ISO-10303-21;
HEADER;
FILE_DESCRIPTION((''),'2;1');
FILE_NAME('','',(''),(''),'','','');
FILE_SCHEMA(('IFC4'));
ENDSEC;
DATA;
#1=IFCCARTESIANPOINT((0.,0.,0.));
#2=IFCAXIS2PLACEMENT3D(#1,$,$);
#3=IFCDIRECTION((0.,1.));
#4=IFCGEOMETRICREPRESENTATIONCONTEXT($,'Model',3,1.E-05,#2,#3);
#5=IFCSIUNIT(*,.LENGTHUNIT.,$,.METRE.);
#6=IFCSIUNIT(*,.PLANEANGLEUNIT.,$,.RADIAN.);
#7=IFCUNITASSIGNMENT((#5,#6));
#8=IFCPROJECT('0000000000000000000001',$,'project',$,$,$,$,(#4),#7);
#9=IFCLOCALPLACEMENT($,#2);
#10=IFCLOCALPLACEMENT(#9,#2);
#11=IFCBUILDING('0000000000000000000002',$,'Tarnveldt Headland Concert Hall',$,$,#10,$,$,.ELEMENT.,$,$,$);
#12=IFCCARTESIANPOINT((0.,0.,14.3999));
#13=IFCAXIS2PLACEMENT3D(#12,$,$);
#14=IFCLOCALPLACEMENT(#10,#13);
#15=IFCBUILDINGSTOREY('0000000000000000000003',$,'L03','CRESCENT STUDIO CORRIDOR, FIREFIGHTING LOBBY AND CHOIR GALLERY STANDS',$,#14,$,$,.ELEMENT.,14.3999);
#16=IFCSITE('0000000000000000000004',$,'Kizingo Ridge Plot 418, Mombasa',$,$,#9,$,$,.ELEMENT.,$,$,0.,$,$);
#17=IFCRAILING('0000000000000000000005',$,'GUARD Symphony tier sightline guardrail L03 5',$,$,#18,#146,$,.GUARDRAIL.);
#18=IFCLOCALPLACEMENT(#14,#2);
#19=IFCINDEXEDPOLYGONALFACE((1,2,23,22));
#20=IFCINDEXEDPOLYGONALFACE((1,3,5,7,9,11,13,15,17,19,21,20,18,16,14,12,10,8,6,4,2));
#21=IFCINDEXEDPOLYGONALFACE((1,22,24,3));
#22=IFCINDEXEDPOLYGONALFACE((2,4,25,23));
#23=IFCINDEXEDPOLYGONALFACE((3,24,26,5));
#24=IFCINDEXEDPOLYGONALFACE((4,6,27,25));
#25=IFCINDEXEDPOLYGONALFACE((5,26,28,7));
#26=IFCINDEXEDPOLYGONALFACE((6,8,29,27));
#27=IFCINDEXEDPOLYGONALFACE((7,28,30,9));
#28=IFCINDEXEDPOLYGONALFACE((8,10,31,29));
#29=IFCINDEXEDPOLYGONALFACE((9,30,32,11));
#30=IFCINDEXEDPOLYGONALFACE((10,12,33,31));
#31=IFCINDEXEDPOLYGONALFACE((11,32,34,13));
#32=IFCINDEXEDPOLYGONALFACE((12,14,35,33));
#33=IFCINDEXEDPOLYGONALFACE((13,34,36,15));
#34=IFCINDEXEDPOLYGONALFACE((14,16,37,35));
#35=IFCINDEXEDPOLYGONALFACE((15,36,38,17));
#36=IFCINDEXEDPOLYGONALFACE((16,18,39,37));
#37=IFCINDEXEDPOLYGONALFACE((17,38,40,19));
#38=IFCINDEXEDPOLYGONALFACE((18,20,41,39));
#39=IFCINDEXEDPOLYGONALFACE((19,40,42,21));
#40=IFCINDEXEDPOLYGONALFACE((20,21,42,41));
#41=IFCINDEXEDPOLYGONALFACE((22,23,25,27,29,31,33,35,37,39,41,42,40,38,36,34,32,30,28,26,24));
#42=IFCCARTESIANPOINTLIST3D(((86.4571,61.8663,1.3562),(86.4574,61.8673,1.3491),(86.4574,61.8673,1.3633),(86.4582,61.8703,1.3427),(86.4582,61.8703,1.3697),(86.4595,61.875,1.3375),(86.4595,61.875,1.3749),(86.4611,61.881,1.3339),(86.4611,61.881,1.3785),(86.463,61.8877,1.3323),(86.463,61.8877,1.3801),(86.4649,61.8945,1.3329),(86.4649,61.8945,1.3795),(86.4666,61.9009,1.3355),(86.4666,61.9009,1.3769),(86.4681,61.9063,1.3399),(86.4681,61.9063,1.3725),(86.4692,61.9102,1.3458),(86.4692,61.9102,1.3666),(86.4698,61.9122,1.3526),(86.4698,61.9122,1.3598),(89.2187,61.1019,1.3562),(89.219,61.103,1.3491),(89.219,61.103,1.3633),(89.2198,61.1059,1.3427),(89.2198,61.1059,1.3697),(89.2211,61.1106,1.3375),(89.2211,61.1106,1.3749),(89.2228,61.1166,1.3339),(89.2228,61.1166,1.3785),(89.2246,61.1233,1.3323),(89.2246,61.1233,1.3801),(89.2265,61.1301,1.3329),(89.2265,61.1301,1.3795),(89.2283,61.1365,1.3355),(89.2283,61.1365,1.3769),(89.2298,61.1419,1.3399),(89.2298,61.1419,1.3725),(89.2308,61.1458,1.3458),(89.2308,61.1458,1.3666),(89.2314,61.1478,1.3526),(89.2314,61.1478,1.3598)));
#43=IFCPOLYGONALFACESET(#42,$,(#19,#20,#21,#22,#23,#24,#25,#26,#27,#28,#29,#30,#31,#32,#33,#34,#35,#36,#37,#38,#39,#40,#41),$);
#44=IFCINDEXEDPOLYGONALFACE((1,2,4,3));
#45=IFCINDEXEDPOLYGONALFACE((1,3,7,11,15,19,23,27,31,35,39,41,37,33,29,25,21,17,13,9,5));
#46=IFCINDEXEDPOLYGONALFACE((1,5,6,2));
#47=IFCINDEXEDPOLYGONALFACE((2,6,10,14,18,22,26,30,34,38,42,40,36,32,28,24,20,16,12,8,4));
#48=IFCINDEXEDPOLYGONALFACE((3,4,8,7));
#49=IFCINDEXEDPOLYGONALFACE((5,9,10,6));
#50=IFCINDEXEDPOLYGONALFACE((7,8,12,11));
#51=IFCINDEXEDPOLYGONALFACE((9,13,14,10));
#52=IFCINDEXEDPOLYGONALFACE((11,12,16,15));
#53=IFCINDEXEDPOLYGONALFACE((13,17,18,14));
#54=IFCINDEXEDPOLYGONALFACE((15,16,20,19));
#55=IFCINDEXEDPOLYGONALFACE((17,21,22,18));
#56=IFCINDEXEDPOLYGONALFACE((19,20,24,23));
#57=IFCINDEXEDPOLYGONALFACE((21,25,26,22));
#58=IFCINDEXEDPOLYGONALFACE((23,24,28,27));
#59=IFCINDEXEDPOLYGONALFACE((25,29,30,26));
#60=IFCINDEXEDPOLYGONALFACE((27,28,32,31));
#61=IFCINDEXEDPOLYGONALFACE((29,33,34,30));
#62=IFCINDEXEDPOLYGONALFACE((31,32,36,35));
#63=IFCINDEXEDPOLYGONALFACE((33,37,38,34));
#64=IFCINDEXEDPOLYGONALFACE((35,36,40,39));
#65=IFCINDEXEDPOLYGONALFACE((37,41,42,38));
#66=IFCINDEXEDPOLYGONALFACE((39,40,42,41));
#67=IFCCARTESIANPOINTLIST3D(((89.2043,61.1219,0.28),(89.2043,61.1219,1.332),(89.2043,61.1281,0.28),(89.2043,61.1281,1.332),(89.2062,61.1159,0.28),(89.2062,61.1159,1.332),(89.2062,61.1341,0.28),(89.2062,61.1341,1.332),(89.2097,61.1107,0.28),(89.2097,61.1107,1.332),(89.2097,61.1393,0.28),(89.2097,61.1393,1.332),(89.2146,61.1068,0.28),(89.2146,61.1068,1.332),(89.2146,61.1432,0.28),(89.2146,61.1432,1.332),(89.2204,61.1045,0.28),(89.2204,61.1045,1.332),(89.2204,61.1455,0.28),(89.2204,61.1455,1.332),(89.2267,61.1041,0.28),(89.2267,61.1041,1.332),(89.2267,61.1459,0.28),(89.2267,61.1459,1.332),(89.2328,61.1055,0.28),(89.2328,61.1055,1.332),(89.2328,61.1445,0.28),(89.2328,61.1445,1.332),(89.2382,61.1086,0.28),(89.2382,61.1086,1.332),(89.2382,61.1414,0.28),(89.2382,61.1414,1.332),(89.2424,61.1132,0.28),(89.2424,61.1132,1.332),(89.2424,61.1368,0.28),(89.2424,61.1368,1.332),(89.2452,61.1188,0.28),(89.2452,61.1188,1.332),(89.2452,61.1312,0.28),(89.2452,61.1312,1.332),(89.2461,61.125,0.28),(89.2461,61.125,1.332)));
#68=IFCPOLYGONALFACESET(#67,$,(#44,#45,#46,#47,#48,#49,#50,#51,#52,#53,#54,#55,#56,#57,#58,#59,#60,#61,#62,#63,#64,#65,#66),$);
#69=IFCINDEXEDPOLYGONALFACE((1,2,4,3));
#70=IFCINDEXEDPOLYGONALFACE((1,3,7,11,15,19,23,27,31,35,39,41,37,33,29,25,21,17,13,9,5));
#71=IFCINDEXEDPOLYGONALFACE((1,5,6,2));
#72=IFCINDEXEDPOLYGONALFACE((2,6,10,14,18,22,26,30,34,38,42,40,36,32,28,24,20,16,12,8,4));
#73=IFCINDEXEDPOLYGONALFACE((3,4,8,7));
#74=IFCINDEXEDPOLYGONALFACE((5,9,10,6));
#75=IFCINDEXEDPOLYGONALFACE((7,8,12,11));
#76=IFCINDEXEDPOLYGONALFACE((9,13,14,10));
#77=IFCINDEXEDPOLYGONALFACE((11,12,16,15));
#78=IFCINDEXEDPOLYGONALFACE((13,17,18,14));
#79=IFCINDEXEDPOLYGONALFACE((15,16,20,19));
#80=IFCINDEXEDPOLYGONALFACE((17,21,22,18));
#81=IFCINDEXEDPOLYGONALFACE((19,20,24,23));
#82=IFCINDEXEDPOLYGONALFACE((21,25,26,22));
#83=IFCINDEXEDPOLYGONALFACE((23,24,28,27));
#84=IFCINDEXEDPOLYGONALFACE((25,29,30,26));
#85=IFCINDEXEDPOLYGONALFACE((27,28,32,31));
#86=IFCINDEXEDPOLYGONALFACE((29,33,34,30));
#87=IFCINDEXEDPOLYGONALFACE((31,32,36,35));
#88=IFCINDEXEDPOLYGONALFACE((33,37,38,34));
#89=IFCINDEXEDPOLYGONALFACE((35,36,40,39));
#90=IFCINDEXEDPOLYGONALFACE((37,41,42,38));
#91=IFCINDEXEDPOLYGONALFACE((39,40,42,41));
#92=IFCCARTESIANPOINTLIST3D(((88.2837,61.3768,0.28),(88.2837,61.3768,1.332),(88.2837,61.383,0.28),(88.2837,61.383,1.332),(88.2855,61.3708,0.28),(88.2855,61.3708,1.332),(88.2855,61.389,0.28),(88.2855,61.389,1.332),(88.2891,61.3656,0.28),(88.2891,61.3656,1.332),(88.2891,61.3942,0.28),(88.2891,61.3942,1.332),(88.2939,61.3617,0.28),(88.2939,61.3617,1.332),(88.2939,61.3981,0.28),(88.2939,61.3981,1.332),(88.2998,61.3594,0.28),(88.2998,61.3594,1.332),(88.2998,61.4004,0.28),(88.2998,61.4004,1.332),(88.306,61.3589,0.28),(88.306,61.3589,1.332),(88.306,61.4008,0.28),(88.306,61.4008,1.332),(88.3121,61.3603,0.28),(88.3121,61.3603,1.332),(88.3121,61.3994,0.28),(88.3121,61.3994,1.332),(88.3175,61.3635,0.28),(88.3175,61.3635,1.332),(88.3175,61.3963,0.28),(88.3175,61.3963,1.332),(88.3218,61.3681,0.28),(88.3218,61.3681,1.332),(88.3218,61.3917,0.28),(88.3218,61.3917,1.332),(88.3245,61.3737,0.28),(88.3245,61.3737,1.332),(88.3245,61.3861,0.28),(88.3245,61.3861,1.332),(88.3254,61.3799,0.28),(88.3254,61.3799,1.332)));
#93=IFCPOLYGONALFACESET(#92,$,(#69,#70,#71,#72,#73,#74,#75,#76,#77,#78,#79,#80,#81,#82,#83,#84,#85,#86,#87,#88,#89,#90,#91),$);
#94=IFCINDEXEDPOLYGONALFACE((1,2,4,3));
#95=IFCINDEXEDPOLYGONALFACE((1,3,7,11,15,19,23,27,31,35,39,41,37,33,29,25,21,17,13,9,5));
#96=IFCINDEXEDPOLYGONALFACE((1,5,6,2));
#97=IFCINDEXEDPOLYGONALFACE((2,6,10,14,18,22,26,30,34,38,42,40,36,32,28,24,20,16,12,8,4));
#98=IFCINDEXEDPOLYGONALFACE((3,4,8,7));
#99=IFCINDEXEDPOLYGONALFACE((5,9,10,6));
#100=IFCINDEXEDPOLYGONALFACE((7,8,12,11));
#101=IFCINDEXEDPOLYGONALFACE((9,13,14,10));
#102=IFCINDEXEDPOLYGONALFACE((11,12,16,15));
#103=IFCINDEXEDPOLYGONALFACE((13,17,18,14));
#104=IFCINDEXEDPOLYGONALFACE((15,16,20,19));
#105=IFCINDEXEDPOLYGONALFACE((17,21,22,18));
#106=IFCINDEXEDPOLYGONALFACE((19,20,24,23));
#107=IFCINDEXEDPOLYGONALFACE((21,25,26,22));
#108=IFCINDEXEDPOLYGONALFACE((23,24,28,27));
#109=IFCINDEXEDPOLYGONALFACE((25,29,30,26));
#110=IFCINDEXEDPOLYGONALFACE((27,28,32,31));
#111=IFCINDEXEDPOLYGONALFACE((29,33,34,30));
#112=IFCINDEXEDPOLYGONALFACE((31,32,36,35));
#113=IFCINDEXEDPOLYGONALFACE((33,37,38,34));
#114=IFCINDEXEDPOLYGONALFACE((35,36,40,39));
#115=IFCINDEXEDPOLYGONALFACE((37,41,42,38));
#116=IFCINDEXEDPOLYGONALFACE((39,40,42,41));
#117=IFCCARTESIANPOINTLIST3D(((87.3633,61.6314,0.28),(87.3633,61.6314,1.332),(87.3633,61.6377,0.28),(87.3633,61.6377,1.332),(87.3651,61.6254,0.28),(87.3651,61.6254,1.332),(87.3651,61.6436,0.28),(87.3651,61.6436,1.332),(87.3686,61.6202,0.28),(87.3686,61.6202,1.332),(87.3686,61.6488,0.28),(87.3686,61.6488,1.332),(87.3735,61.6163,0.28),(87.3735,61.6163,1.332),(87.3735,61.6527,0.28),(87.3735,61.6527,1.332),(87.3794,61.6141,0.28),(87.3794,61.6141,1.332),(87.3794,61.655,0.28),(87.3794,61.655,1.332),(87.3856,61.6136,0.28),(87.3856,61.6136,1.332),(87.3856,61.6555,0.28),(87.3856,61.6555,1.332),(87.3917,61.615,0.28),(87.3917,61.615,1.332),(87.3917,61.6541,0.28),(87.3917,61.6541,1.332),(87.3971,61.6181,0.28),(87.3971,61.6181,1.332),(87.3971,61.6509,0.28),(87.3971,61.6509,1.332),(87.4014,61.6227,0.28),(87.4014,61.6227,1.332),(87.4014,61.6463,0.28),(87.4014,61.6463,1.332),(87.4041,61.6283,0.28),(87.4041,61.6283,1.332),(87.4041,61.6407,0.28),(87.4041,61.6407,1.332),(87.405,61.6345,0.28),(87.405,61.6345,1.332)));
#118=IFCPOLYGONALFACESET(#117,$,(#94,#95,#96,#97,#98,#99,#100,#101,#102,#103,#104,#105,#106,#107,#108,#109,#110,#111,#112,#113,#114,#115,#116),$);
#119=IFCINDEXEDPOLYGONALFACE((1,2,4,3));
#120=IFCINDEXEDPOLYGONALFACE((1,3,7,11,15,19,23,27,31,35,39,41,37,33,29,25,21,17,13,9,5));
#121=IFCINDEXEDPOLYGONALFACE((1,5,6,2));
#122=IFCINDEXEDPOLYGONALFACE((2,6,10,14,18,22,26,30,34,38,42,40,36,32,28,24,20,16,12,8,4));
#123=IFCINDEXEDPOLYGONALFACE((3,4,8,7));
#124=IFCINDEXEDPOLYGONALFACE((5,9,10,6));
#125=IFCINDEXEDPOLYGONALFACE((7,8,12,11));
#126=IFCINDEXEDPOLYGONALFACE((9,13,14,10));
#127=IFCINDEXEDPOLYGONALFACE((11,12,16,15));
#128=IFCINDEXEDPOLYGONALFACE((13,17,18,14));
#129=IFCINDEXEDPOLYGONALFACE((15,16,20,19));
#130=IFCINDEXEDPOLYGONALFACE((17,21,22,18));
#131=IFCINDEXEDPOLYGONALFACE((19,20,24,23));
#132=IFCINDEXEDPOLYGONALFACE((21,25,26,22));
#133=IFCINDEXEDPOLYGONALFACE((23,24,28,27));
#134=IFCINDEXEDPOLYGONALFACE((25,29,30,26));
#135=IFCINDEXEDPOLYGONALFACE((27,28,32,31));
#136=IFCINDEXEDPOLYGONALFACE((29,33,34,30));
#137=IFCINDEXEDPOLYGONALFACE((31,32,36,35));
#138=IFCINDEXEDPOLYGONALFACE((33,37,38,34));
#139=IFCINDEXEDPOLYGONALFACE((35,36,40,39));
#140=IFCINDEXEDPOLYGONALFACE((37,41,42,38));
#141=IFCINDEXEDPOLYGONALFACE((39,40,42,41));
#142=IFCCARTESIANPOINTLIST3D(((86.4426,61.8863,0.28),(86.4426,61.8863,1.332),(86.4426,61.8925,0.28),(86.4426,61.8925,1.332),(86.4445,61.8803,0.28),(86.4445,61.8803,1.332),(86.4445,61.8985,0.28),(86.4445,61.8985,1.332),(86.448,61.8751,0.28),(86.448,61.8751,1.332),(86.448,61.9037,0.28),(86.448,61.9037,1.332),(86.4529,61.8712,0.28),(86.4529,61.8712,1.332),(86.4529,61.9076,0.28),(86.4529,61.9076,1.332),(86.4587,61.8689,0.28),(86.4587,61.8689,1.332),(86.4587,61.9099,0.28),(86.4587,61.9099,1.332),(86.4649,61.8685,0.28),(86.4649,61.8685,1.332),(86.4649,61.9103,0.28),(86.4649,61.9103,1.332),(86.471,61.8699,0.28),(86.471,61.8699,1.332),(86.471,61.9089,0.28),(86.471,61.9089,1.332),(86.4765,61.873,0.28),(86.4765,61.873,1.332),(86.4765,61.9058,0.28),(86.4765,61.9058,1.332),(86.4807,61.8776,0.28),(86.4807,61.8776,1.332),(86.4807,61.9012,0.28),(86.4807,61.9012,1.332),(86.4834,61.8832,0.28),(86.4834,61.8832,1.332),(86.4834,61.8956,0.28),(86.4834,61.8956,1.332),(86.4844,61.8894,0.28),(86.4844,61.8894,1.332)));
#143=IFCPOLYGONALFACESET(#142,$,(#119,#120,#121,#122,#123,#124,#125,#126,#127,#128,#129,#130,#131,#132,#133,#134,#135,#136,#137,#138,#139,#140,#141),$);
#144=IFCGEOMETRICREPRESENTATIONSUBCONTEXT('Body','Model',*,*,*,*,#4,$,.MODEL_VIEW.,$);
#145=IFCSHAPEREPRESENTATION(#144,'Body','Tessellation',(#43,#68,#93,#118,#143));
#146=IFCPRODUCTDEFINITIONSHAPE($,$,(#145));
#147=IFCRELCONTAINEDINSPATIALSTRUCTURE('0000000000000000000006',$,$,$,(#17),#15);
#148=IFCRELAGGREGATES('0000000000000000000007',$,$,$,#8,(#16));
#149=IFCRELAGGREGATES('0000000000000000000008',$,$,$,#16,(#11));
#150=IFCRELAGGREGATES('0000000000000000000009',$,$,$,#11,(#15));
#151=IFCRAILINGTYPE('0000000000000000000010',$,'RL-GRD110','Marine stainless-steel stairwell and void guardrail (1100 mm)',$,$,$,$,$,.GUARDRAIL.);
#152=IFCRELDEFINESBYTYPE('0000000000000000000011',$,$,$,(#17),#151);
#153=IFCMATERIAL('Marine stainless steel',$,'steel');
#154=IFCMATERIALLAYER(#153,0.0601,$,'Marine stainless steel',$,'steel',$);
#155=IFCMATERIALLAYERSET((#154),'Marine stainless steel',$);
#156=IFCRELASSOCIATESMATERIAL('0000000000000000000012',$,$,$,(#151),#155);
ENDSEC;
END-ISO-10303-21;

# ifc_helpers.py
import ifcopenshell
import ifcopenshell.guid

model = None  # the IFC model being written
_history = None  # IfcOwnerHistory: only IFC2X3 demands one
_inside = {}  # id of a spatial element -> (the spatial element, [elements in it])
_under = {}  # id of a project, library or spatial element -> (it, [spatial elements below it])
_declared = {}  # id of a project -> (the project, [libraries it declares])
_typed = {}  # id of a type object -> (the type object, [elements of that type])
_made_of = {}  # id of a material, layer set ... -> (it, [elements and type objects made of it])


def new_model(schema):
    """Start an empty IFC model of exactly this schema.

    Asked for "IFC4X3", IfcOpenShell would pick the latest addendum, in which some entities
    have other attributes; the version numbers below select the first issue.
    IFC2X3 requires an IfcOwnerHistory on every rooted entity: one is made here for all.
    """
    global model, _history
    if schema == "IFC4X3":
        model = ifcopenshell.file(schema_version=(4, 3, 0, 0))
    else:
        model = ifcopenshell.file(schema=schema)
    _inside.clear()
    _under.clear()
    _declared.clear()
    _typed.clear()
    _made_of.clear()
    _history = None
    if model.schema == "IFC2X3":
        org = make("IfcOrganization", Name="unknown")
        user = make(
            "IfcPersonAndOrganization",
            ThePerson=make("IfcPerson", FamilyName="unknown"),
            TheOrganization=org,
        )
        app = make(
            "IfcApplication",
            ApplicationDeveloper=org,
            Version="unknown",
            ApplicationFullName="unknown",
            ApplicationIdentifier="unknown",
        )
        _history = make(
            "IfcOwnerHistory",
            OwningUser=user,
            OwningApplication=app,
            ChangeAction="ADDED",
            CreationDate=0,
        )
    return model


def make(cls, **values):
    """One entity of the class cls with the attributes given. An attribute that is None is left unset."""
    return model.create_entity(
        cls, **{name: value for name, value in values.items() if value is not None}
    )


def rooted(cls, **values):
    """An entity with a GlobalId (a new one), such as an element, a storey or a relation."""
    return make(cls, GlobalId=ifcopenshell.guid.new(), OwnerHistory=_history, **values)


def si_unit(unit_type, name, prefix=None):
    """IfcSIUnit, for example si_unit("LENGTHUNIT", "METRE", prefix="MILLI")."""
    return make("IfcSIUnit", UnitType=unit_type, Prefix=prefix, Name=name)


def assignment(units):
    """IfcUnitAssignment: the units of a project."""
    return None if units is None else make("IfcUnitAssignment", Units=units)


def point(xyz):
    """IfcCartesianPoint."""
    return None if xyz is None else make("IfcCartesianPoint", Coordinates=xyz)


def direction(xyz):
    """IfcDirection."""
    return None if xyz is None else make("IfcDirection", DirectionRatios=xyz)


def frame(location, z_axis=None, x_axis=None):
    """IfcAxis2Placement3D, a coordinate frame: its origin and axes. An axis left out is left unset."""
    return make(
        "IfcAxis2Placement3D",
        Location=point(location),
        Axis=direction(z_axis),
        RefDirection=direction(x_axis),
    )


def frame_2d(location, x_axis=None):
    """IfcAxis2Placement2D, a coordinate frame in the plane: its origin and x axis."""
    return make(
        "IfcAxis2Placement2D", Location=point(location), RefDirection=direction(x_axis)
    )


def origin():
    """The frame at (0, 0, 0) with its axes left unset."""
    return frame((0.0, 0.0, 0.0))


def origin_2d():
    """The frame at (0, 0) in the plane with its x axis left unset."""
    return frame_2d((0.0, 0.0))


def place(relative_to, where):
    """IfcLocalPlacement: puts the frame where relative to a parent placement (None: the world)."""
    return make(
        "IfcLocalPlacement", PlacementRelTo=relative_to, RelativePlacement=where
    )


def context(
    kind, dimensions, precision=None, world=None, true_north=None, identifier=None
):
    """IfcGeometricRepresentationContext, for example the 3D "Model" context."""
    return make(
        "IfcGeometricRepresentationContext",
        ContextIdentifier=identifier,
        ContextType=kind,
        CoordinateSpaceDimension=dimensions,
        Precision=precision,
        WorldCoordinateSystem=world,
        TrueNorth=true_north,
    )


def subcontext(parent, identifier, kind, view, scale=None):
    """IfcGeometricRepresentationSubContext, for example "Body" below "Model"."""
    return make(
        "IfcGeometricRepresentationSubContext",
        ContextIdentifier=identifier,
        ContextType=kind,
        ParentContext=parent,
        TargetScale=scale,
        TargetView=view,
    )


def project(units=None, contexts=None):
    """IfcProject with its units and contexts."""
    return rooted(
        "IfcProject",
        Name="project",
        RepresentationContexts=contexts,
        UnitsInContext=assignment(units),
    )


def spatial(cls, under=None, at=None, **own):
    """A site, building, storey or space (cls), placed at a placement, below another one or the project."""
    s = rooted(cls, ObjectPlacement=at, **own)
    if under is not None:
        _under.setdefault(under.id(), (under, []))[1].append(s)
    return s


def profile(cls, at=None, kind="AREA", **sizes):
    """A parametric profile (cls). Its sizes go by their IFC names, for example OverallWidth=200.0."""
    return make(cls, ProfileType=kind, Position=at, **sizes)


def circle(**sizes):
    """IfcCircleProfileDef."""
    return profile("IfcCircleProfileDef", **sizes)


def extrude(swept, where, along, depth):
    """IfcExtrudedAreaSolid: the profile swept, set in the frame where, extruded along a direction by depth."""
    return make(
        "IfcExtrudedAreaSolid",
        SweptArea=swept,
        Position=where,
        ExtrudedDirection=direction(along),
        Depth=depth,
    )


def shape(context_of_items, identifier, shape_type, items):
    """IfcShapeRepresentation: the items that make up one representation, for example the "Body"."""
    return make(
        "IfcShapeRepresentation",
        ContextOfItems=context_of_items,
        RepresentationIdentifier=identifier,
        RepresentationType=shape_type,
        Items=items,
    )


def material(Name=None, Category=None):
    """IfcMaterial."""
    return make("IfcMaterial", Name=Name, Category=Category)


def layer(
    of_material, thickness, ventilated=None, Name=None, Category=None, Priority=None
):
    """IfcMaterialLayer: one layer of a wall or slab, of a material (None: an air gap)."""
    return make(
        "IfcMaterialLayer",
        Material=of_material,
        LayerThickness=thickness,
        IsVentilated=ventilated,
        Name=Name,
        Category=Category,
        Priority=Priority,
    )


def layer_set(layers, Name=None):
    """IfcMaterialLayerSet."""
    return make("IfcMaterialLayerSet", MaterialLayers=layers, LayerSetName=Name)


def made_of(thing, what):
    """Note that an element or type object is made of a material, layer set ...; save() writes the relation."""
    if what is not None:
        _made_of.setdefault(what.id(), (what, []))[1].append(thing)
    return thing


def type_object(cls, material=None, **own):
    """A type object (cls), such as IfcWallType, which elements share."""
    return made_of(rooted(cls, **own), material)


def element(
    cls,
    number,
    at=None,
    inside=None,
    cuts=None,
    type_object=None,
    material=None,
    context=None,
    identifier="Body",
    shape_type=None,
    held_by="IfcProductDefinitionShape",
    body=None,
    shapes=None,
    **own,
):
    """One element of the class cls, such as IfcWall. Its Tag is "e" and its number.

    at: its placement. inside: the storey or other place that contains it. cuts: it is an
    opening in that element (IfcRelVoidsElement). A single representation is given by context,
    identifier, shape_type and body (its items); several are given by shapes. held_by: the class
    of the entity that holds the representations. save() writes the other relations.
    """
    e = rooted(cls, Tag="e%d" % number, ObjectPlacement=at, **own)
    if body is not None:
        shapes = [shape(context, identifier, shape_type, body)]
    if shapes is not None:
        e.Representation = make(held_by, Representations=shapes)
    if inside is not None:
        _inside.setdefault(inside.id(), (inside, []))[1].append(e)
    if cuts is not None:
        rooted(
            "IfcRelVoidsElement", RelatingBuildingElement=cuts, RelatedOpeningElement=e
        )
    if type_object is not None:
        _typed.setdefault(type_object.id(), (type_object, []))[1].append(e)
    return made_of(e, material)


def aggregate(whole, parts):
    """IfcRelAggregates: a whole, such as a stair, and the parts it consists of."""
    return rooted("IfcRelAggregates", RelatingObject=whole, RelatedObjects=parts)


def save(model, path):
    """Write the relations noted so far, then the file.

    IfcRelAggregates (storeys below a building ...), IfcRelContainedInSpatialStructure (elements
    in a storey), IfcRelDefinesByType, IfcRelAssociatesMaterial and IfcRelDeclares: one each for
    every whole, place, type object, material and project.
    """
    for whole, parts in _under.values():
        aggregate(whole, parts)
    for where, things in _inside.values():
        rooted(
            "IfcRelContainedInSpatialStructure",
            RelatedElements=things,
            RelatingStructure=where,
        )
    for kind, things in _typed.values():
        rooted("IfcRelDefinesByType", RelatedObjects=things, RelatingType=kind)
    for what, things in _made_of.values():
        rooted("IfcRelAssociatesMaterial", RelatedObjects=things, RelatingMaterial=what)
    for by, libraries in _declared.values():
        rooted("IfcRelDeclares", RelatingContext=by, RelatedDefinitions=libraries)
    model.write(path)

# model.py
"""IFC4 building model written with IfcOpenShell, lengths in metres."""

from ifc_helpers import new_model, si_unit, direction, frame, origin, origin_2d, place, context, subcontext, project, spatial, circle, extrude, material, layer, layer_set, type_object, element, save


model = new_model("IFC4")

# Units and contexts
model_context = context("Model", 3, precision=1e-05, world=origin(), true_north=direction((0.0, 1.0)))
body_context = subcontext(model_context, "Body", "Model", "MODEL_VIEW")
ifc_project = project(units=[si_unit("LENGTHUNIT", "METRE"), si_unit("PLANEANGLEUNIT", "RADIAN")], contexts=[model_context])

# Site, building, storey
site_placement = place(None, origin())
site = spatial("IfcSite", under=ifc_project, at=site_placement, Name="Kizingo Ridge Plot 418, Mombasa", CompositionType="ELEMENT", RefElevation=0.0)
building_placement = place(site_placement, origin())
building = spatial("IfcBuilding", under=site, at=building_placement, Name="Tarnveldt Headland Concert Hall", CompositionType="ELEMENT")
storey_placement = place(building_placement, frame((0.0, 0.0, 14.3999)))
storey = spatial("IfcBuildingStorey", under=building, at=storey_placement, Name="L03", Description="CRESCENT STUDIO CORRIDOR, FIREFIGHTING LOBBY AND CHOIR GALLERY STANDS", CompositionType="ELEMENT", Elevation=14.3999)

# Railing
ifc_material_1 = material(Name="Marine stainless steel", Category="steel")
ifc_layer = layer(ifc_material_1, 0.0601, Name="Marine stainless steel", Category="steel")
ifc_layer_set = layer_set([ifc_layer], Name="Marine stainless steel")
railing_type = type_object("IfcRailingType", Name="RL-GRD110", Description="Marine stainless-steel stairwell and void guardrail (1100 mm)", PredefinedType="GUARDRAIL", material=ifc_layer_set)
railing_1_placement = place(storey_placement, frame((89.2251, 61.125, 0.28)))
element("IfcRailing", 1, at=railing_1_placement, inside=storey, type_object=railing_type, Name="GUARD Symphony tier sightline guardrail L03 5", PredefinedType="GUARDRAIL", context=body_context, shape_type="SweptSolid", body=[
    extrude(circle(Radius=0.0239, at=origin_2d()), frame((0.0, 0.0, 1.0762), z_axis=(-0.963764, 0.266756, 0.0), x_axis=(-0.266756, -0.963764, 0.0)), (0.0, 0.0, 1.0), 2.8655),
    extrude(circle(Radius=0.021, at=origin_2d()), origin(), (0.0, 0.0, 1.0), 1.052),
    extrude(circle(Radius=0.021, at=origin_2d()), frame((-0.9207, 0.2549, 0.0)), (0.0, 0.0, 1.0), 1.052),
    extrude(circle(Radius=0.021, at=origin_2d()), frame((-1.8411, 0.5095, 0.0)), (0.0, 0.0, 1.0), 1.052),
    extrude(circle(Radius=0.021, at=origin_2d()), frame((-2.7617, 0.7644, 0.0)), (0.0, 0.0, 1.0), 1.052),
])

save(model, "model.ifc")
